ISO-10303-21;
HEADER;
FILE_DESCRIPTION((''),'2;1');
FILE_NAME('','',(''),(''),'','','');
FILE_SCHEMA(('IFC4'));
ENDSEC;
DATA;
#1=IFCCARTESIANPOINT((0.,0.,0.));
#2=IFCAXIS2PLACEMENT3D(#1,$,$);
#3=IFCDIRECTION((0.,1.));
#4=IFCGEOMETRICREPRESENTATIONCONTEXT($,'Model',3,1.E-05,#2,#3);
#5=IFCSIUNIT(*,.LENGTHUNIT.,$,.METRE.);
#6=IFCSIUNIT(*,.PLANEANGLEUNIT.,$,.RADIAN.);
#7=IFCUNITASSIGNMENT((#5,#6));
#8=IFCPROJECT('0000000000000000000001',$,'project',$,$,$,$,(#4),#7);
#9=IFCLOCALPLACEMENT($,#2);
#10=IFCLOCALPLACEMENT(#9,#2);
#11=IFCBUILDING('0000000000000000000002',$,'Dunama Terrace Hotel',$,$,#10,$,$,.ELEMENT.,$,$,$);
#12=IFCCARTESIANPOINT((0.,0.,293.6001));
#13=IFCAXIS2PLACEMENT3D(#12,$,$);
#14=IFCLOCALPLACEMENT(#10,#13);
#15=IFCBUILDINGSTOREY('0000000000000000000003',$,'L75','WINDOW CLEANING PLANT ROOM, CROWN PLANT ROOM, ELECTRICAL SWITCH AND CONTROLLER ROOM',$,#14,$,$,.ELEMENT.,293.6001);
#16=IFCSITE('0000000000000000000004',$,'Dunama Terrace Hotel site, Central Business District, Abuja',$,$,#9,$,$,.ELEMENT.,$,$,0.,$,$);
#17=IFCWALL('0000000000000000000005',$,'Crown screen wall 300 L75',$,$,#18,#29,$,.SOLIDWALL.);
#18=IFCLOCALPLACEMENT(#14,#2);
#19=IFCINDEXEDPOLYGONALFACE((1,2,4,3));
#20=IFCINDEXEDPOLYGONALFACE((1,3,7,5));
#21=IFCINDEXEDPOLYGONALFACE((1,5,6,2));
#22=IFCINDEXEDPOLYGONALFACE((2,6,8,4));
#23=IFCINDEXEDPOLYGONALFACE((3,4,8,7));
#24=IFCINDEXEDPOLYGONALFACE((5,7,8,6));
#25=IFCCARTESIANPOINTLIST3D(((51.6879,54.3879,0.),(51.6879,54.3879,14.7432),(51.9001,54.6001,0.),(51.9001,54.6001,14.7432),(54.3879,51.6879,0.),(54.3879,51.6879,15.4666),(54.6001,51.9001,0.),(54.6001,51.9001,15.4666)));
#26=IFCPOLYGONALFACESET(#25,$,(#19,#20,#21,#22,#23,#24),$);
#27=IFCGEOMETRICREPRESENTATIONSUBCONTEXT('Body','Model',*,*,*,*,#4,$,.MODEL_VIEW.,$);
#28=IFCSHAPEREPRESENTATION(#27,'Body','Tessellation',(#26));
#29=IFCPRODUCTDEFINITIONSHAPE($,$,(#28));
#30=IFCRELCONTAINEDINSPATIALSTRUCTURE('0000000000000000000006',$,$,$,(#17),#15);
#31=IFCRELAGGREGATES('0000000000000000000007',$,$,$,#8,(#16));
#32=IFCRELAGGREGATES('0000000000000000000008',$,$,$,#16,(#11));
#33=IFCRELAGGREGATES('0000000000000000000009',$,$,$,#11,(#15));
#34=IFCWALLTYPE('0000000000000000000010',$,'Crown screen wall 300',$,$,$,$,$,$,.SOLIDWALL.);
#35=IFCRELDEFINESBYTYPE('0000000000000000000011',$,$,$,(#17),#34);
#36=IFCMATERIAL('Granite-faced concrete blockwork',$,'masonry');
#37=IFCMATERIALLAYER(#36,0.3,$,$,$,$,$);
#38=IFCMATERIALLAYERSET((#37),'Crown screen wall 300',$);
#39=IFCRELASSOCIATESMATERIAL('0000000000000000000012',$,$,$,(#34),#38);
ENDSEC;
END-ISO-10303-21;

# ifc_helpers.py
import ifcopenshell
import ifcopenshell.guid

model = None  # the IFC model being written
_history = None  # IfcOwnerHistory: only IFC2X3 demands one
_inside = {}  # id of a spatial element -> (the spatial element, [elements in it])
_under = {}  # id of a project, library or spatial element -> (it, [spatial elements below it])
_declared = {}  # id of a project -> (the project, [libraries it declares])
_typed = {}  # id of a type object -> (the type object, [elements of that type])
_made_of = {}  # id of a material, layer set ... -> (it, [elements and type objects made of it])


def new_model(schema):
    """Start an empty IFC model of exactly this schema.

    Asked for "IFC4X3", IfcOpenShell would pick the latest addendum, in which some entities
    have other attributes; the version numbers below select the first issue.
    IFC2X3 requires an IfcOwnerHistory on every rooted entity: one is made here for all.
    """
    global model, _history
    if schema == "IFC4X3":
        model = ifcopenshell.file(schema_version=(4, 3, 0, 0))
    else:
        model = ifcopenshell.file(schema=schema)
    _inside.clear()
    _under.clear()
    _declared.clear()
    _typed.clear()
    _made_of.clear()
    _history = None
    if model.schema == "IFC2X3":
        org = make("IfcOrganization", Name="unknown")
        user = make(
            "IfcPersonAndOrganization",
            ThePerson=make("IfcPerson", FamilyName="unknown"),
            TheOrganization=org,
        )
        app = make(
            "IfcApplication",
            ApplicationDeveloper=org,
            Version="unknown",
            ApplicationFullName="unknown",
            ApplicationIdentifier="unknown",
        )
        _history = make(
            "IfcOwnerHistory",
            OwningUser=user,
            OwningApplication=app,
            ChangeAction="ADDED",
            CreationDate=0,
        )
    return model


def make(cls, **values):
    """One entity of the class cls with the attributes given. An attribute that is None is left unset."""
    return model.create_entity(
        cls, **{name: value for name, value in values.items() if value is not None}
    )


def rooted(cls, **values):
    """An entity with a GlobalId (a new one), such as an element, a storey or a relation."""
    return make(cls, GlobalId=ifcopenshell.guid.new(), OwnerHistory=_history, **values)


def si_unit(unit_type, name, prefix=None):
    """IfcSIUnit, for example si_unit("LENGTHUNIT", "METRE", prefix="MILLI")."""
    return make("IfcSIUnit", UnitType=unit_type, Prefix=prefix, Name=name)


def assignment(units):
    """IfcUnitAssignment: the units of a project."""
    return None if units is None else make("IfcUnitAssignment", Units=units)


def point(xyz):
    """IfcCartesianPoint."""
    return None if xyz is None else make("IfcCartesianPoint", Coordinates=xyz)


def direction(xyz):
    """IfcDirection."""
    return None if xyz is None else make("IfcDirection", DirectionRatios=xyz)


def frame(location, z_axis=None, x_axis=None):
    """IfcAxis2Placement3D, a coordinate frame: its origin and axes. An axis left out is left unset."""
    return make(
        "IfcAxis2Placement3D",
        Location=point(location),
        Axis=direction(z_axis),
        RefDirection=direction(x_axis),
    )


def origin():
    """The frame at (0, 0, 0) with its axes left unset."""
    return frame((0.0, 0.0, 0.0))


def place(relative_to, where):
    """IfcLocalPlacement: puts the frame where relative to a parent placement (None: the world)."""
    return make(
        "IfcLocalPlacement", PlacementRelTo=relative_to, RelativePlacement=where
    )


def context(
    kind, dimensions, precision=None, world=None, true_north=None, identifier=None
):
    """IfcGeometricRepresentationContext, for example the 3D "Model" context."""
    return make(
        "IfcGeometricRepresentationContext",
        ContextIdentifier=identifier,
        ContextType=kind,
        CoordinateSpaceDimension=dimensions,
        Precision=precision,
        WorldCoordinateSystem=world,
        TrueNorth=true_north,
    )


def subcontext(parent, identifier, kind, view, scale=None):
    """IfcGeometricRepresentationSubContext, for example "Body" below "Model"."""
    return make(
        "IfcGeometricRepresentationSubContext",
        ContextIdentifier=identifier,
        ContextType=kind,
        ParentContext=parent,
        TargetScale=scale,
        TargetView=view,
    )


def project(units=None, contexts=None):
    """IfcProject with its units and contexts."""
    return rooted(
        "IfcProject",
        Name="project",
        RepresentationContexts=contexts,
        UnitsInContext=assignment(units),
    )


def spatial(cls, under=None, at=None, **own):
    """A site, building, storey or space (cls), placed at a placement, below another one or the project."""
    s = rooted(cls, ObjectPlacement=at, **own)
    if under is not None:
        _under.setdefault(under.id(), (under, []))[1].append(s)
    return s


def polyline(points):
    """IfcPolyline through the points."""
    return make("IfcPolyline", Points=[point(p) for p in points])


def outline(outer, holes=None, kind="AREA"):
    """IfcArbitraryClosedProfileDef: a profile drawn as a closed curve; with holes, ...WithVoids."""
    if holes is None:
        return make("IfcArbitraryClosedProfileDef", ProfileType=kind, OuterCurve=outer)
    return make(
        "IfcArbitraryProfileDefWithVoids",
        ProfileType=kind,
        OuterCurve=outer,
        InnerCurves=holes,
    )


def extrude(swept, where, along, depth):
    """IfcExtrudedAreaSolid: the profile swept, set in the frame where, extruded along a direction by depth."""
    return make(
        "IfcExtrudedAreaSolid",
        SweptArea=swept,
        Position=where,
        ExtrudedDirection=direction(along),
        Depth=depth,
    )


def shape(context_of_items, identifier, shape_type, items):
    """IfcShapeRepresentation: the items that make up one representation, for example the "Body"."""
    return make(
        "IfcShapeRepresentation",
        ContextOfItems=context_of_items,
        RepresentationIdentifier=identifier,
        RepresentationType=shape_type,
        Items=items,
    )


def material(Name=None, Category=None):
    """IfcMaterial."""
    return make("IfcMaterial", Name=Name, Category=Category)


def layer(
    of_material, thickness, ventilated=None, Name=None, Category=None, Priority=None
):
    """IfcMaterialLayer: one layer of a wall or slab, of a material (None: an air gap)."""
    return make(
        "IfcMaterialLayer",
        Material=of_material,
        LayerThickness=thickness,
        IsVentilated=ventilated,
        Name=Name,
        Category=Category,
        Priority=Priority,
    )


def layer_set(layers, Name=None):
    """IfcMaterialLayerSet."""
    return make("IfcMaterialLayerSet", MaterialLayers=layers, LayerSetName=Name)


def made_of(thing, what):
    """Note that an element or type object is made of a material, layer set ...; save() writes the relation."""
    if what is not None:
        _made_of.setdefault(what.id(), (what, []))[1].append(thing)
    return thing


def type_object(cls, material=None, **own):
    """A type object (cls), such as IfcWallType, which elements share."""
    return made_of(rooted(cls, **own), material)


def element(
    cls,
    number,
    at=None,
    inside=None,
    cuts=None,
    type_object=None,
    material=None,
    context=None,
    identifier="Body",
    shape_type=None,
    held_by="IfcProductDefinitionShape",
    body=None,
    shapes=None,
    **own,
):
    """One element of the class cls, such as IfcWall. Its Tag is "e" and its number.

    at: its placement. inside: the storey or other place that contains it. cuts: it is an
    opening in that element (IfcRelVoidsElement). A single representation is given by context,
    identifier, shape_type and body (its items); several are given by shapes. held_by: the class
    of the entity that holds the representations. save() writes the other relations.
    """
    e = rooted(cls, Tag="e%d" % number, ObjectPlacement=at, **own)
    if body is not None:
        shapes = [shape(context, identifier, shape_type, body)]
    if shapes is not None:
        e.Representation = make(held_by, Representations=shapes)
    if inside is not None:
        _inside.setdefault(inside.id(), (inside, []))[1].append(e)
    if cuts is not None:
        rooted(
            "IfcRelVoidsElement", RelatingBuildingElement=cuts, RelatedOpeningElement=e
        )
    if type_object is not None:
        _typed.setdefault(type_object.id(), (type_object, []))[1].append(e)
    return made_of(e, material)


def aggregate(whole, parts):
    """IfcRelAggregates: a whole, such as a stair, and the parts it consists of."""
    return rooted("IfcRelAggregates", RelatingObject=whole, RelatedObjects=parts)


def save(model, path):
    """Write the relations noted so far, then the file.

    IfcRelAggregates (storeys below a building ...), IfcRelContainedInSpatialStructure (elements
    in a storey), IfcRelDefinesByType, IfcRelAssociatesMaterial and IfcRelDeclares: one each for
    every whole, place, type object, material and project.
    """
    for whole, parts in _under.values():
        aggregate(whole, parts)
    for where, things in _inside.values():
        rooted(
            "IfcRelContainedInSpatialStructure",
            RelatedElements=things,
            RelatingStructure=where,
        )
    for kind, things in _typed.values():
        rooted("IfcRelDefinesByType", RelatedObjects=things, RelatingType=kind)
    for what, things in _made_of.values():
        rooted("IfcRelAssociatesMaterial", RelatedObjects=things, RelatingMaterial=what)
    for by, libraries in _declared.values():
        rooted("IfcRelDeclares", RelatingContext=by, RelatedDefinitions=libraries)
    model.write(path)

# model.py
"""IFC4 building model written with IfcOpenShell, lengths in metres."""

from ifc_helpers import new_model, si_unit, direction, frame, origin, place, context, subcontext, project, spatial, polyline, outline, extrude, material, layer, layer_set, type_object, element, save


model = new_model("IFC4")

# Units and contexts
model_context = context("Model", 3, precision=1e-05, world=origin(), true_north=direction((0.0, 1.0)))
body_context = subcontext(model_context, "Body", "Model", "MODEL_VIEW")
ifc_project = project(units=[si_unit("LENGTHUNIT", "METRE"), si_unit("PLANEANGLEUNIT", "RADIAN")], contexts=[model_context])

# Site, building, storey
site_placement = place(None, origin())
site = spatial("IfcSite", under=ifc_project, at=site_placement, Name="Dunama Terrace Hotel site, Central Business District, Abuja", CompositionType="ELEMENT", RefElevation=0.0)
building_placement = place(site_placement, origin())
building = spatial("IfcBuilding", under=site, at=building_placement, Name="Dunama Terrace Hotel", CompositionType="ELEMENT")
storey_placement = place(building_placement, frame((0.0, 0.0, 293.6001)))
storey = spatial("IfcBuildingStorey", under=building, at=storey_placement, Name="L75", Description="WINDOW CLEANING PLANT ROOM, CROWN PLANT ROOM, ELECTRICAL SWITCH AND CONTROLLER ROOM", CompositionType="ELEMENT", Elevation=293.6001)

# Wall
ifc_material_1 = material(Name="Granite-faced concrete blockwork", Category="masonry")
ifc_layer_1 = layer(ifc_material_1, 0.3)
ifc_layer_set_1 = layer_set([ifc_layer_1], Name="Crown screen wall 300")
wall_type_1 = type_object("IfcWallType", Name="Crown screen wall 300", PredefinedType="SOLIDWALL", material=ifc_layer_set_1)
wall_1_placement = place(storey_placement, frame((54.4939, 51.7939, 0.0), z_axis=(0.0, 0.0, 1.0), x_axis=(-0.707107, 0.707107, 0.0)))
element("IfcWall", 1, at=wall_1_placement, inside=storey, type_object=wall_type_1, Name="Crown screen wall 300 L75", PredefinedType="SOLIDWALL", context=body_context, shape_type="SweptSolid", body=[
    extrude(outline(polyline([(0.0, 0.0), (3.8184, 0.0), (3.8184, 14.7432), (0.0, 15.4666), (0.0, 0.0)])), frame((0.0, 0.1499, 0.0), z_axis=(0.0, -1.0, 0.0), x_axis=(1.0, 0.0, 0.0)), (0.0, 0.0, 1.0), 0.3),
])

save(model, "model.ifc")
